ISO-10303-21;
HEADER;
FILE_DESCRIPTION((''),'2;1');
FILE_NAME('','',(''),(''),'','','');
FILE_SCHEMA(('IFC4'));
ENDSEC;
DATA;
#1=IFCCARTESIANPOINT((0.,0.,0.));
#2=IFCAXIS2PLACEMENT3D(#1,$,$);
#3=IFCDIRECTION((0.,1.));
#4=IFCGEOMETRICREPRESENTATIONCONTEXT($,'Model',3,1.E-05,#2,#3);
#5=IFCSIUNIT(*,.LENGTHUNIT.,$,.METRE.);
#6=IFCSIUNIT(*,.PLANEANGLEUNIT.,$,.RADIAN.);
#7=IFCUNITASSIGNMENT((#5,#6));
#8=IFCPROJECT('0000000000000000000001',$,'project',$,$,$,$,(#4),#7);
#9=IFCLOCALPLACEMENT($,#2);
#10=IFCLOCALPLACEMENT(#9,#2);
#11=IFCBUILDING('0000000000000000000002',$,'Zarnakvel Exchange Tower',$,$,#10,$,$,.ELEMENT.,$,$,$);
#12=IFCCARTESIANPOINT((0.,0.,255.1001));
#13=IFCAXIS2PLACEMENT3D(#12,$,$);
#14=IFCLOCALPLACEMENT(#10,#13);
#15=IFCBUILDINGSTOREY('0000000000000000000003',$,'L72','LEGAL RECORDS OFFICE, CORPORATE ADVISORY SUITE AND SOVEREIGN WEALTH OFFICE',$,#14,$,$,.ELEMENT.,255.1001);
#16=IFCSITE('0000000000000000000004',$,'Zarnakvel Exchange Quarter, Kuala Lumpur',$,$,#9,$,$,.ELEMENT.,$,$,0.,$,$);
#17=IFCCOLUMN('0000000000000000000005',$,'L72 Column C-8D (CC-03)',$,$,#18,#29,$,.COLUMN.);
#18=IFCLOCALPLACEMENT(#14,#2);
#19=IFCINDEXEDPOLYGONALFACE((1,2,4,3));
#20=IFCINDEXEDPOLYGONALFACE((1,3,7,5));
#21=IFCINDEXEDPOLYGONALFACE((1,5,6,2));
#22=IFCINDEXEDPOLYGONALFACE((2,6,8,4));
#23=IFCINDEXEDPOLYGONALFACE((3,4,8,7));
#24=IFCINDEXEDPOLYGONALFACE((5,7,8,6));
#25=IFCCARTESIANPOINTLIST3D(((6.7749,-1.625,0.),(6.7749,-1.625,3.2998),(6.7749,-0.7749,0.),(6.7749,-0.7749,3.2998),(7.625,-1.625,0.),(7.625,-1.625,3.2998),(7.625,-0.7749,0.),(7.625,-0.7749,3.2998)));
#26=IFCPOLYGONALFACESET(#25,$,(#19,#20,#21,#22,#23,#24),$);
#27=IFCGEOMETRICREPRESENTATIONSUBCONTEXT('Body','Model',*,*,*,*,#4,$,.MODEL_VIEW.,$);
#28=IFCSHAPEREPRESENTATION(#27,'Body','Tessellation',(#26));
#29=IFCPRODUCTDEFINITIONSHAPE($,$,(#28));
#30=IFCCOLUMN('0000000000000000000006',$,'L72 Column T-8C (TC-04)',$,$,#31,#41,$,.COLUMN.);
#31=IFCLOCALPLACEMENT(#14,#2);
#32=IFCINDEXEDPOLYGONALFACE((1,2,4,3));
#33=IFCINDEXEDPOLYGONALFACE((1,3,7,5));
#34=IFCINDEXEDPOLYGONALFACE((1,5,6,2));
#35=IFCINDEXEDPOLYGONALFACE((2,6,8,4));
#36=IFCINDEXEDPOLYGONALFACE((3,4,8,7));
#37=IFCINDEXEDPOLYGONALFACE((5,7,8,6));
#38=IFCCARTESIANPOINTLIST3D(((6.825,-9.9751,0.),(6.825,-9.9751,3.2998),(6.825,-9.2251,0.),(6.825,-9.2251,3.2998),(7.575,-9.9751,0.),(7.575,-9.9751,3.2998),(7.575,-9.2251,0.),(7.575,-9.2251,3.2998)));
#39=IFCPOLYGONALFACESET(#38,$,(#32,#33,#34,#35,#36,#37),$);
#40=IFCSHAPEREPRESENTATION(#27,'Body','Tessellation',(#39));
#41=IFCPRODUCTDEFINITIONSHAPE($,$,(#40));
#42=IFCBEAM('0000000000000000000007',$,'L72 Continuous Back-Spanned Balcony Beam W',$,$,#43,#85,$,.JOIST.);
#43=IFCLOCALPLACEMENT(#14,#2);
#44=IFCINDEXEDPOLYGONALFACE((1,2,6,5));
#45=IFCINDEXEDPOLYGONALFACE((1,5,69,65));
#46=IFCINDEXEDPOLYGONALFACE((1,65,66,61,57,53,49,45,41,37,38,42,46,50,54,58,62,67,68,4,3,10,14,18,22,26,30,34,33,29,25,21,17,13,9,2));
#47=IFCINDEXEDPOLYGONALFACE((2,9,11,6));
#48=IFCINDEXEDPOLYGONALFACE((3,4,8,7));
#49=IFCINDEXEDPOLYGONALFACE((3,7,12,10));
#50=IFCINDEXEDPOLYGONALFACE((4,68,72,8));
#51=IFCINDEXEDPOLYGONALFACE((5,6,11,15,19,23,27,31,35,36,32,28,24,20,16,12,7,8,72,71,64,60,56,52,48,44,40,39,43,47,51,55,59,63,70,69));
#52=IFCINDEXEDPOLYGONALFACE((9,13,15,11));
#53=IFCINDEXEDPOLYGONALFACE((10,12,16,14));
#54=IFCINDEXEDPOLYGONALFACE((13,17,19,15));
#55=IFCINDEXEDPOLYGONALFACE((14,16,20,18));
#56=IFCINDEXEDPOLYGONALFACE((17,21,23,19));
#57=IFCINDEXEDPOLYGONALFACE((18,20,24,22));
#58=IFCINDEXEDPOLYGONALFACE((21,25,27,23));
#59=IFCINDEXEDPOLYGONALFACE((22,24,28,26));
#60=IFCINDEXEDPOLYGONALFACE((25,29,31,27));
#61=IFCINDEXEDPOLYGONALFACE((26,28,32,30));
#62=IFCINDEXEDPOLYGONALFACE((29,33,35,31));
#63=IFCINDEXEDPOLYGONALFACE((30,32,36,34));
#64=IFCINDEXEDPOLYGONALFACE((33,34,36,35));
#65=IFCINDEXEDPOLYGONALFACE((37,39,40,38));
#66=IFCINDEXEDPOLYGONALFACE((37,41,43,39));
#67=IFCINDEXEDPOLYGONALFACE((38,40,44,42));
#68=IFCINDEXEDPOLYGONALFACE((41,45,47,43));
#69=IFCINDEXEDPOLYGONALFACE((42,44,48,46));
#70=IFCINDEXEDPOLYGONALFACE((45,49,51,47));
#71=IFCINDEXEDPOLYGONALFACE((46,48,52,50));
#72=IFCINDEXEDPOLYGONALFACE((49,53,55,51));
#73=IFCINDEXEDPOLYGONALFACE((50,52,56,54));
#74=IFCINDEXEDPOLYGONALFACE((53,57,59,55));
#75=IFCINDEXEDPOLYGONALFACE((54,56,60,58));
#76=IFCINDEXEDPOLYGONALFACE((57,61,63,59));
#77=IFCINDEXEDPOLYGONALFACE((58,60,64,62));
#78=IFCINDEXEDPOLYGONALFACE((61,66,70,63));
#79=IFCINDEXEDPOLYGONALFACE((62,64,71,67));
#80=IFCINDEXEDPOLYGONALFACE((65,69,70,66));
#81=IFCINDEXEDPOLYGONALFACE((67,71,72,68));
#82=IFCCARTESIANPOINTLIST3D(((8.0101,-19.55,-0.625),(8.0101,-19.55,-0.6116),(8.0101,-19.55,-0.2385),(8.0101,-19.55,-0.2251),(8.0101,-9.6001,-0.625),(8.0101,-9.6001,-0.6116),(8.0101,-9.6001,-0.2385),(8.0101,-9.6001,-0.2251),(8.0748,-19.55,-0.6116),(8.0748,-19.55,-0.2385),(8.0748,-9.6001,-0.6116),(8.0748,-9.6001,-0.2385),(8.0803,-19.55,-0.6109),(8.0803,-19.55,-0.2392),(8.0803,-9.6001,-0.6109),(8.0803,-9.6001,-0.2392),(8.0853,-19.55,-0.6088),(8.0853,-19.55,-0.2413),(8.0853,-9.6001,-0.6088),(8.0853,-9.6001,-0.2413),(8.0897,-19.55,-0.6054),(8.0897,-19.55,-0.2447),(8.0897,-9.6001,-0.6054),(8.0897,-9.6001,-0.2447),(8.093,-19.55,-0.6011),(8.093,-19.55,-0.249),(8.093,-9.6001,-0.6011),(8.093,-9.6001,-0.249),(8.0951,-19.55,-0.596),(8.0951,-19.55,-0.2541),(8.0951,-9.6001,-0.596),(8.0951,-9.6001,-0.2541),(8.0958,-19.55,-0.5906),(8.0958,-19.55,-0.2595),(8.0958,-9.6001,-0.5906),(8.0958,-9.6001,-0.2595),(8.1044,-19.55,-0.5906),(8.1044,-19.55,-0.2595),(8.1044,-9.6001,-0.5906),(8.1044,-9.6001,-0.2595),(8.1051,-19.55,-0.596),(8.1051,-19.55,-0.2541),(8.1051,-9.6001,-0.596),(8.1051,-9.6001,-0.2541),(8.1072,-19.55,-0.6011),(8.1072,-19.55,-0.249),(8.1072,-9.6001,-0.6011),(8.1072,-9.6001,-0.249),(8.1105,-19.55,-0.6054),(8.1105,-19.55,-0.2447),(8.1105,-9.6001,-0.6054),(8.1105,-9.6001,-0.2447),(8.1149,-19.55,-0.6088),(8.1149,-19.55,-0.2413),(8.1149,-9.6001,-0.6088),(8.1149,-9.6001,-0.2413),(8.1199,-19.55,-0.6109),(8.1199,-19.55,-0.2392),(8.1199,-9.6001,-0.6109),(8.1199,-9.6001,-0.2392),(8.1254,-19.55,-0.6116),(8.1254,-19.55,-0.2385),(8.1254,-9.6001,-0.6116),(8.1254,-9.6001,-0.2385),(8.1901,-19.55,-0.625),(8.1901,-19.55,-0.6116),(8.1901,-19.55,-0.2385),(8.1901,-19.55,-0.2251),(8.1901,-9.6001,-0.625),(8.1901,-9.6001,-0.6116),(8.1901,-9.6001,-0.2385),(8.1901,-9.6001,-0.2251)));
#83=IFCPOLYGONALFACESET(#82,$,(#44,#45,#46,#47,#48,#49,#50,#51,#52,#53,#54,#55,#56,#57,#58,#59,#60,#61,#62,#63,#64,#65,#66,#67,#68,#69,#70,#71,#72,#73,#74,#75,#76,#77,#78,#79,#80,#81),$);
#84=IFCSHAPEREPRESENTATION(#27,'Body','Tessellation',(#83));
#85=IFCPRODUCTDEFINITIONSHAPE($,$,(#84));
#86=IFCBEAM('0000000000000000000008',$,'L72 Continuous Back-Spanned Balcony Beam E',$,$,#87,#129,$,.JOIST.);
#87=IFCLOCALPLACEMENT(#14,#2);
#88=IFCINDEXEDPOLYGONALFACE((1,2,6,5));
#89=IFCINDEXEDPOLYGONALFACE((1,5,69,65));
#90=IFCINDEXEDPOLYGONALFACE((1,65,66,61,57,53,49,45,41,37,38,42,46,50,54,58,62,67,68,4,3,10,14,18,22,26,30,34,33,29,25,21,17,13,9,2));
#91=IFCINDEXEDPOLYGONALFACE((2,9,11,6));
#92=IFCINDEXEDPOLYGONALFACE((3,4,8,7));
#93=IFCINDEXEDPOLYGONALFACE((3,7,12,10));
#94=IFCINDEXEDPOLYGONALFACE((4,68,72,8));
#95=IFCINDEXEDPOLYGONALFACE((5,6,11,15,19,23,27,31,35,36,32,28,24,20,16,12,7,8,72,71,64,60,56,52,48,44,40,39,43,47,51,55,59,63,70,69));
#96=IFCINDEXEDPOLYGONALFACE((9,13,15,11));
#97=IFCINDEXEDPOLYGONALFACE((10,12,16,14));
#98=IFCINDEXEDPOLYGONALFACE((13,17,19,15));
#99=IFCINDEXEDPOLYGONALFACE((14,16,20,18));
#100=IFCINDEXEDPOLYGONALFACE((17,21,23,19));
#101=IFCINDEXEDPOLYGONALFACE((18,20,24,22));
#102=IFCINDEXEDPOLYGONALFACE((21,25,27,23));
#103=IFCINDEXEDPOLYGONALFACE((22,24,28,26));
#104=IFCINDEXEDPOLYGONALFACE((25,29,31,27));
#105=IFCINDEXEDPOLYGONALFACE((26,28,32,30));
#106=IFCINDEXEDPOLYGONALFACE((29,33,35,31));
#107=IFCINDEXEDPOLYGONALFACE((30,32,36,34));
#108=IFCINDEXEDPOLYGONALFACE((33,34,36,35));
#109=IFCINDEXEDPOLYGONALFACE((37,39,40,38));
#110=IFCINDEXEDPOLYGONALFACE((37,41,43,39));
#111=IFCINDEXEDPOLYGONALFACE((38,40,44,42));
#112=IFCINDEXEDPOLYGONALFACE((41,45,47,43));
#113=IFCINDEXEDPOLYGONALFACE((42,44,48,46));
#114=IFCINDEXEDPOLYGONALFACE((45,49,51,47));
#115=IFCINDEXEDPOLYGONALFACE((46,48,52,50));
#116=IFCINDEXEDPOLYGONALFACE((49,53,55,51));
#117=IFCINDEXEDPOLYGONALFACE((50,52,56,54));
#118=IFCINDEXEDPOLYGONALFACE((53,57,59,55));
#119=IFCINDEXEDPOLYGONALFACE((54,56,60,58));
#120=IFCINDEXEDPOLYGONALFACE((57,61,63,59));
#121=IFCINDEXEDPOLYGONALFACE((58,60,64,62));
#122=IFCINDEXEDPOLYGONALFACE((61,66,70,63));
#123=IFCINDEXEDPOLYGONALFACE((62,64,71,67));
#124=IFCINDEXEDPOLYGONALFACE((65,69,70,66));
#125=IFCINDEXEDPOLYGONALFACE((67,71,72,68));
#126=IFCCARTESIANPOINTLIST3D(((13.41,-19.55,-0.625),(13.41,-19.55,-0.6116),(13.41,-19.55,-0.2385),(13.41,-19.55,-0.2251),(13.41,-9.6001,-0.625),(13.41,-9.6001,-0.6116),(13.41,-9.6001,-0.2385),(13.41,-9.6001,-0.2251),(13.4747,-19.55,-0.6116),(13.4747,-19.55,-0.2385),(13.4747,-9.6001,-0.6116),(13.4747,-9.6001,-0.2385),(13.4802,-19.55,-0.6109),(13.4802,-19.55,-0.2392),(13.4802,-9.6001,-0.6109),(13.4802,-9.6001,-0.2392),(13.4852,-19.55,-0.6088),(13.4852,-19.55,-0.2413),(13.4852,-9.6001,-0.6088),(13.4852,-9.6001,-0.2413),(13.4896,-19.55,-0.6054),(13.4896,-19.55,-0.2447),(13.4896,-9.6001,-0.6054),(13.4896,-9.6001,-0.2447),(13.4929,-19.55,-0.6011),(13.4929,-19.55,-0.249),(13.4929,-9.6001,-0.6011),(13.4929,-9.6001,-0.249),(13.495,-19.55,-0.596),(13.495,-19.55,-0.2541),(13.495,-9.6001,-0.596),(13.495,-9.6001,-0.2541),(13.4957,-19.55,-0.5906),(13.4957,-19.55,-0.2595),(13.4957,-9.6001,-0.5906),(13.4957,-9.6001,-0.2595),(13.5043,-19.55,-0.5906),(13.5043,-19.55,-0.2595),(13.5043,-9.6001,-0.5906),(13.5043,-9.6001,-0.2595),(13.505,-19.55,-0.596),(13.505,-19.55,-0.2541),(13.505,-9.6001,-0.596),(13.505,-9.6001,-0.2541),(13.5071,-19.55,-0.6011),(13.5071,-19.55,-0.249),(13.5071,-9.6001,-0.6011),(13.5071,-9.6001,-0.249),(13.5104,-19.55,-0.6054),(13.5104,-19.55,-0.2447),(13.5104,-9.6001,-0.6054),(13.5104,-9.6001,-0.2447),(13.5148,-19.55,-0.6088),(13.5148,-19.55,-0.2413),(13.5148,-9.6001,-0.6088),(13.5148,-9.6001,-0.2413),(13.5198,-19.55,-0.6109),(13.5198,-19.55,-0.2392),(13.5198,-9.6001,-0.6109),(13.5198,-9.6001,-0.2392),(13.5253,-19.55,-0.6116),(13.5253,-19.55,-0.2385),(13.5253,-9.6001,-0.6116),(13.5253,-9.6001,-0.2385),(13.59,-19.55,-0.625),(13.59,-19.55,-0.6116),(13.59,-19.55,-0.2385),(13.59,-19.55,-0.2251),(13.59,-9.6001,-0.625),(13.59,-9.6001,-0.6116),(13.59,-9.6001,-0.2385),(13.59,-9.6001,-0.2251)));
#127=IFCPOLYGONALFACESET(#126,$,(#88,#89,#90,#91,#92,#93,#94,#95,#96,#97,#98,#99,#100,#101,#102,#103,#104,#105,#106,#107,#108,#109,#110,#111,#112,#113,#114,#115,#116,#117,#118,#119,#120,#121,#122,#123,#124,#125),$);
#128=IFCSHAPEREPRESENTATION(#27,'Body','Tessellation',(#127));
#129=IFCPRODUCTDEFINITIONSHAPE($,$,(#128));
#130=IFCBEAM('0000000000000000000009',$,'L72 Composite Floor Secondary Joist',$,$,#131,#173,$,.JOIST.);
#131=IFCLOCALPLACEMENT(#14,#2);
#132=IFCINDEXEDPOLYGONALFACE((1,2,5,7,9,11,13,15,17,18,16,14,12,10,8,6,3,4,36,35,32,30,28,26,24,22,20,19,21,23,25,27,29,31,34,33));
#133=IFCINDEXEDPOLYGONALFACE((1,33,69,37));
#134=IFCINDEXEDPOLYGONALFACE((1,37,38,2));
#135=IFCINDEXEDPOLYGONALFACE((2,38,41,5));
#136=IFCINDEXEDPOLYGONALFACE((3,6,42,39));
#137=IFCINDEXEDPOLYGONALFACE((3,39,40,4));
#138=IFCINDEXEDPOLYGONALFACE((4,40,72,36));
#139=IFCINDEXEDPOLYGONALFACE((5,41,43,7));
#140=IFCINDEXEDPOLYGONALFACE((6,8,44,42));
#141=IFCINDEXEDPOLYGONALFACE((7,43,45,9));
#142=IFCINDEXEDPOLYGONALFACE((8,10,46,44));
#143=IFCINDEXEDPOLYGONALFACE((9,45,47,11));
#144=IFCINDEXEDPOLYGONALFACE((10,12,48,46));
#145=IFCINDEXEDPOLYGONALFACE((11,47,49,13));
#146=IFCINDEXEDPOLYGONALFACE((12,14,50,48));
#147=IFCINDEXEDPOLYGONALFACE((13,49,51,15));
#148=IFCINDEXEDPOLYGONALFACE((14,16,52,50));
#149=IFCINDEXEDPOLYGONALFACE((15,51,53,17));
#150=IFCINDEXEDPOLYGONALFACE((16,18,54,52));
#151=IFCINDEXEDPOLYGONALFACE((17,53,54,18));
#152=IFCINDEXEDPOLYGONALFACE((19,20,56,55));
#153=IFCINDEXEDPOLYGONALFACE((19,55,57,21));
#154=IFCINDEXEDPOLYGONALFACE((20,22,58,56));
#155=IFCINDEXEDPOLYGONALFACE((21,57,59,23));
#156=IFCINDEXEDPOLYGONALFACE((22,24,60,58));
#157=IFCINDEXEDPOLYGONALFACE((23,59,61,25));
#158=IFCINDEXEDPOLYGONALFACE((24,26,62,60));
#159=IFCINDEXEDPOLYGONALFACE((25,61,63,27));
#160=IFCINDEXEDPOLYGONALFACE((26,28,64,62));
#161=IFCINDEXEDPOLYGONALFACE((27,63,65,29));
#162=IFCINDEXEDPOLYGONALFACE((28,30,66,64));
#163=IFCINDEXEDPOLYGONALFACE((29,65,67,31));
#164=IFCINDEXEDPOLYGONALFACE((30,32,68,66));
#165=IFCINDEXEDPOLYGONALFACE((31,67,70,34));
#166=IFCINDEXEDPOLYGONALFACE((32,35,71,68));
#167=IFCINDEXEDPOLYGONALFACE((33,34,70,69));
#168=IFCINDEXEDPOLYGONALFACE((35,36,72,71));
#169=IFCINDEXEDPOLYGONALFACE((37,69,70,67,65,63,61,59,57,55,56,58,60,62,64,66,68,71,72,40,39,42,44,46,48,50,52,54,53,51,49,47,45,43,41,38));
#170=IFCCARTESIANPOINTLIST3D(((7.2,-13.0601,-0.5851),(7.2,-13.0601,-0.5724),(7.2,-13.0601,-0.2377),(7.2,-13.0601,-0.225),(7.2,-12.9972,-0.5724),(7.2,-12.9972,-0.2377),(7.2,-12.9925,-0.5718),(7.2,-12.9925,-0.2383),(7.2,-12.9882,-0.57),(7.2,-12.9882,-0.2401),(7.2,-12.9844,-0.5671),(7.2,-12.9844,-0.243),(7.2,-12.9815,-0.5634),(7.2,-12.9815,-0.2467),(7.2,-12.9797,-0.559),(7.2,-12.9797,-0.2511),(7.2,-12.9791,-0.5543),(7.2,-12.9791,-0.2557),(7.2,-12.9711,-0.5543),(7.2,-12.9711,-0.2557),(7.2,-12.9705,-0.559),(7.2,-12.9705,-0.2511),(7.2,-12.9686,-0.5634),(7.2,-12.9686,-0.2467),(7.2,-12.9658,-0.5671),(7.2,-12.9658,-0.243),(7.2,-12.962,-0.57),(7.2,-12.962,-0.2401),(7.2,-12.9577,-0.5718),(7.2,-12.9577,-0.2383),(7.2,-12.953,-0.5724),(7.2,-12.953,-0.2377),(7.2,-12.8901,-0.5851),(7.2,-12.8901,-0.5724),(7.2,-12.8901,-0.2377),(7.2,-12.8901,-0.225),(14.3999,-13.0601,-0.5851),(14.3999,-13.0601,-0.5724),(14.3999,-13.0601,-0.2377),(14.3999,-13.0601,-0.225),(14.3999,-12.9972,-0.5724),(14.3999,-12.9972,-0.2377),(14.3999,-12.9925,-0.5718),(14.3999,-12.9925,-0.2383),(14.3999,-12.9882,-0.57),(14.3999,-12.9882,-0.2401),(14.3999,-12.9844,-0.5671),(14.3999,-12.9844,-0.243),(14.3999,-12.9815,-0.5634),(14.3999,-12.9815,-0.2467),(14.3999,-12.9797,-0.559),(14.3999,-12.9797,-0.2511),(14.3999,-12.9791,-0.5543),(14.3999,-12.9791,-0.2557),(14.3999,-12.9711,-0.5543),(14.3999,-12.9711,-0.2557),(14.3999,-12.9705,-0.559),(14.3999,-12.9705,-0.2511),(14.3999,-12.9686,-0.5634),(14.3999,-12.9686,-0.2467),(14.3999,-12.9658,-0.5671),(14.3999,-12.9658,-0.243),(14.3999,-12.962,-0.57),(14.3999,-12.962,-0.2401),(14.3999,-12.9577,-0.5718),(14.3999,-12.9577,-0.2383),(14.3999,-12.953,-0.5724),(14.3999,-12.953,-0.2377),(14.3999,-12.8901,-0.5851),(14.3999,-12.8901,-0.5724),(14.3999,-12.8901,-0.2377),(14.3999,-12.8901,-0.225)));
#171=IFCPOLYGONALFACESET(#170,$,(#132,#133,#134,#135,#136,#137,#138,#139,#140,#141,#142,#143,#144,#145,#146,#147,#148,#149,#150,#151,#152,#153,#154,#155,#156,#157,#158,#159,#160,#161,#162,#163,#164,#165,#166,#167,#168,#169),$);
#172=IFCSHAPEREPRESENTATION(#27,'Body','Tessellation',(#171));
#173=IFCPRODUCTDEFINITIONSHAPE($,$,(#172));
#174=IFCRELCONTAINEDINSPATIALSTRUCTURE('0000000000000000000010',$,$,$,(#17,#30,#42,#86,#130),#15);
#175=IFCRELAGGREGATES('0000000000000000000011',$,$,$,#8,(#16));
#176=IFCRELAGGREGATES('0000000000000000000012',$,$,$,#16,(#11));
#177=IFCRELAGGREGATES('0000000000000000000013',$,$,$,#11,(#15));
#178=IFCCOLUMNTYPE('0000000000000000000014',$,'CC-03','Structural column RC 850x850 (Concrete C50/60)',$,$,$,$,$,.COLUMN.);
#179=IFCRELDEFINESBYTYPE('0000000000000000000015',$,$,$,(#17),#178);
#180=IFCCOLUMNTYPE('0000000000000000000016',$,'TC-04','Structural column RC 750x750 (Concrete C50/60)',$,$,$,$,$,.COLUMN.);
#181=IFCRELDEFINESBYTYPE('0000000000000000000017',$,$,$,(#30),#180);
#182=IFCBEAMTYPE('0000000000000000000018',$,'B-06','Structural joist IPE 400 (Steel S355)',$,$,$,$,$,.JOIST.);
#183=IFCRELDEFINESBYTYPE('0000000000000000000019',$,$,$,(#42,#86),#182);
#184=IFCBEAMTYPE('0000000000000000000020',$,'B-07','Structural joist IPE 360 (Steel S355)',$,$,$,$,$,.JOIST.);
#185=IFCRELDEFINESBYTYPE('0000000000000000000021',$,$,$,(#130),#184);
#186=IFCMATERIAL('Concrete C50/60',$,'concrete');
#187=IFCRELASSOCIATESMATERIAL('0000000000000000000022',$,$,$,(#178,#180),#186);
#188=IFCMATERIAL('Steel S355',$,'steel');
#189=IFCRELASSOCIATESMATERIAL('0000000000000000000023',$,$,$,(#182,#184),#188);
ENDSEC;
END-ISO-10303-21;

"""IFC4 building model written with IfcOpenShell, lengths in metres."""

from ifc_helpers import new_model, si_unit, direction, frame, origin, origin_2d, place, context, subcontext, project, spatial, rectangle, i_section, extrude, material, material_profile, profile_set, type_object, element, save


model = new_model("IFC4")

# Units and contexts
model_context = context("Model", 3, precision=1e-05, world=origin(), true_north=direction((0.0, 1.0)))
body_context = subcontext(model_context, "Body", "Model", "MODEL_VIEW")
ifc_project = project(units=[si_unit("LENGTHUNIT", "METRE"), si_unit("PLANEANGLEUNIT", "RADIAN")], contexts=[model_context])

# Site, building, storey
site_placement = place(None, origin())
site = spatial("IfcSite", under=ifc_project, at=site_placement, Name="Zarnakvel Exchange Quarter, Kuala Lumpur", CompositionType="ELEMENT", RefElevation=0.0)
building_placement = place(site_placement, origin())
building = spatial("IfcBuilding", under=site, at=building_placement, Name="Zarnakvel Exchange Tower", CompositionType="ELEMENT")
storey_placement = place(building_placement, frame((0.0, 0.0, 255.1001)))
storey = spatial("IfcBuildingStorey", under=building, at=storey_placement, Name="L72", Description="LEGAL RECORDS OFFICE, CORPORATE ADVISORY SUITE AND SOVEREIGN WEALTH OFFICE", CompositionType="ELEMENT", Elevation=255.1001)

# Columns
ifc_material_1 = material(Name="Concrete C50/60", Category="concrete")
ifc_material_profile_1 = material_profile(ifc_material_1, rectangle(XDim=0.8501, YDim=0.8501, at=origin_2d()))
ifc_profile_set_1 = profile_set([ifc_material_profile_1], Name="Concrete C50/60")
column_type_1 = type_object("IfcColumnType", Name="CC-03", Description="Structural column RC 850x850 (Concrete C50/60)", PredefinedType="COLUMN", material=ifc_profile_set_1)
column_1_placement = place(storey_placement, frame((7.2, -1.2, 0.0), z_axis=(0.0, 0.0, 1.0), x_axis=(1.0, 0.0, 0.0)))
element("IfcColumn", 1, at=column_1_placement, inside=storey, type_object=column_type_1, Name="L72 Column C-8D (CC-03)", PredefinedType="COLUMN", context=body_context, shape_type="SweptSolid", body=[
    extrude(rectangle(XDim=0.8501, YDim=0.8501, at=origin_2d()), origin(), (0.0, 0.0, 1.0), 3.2998),
])
ifc_material_profile_2 = material_profile(ifc_material_1, rectangle(XDim=0.75, YDim=0.75, at=origin_2d()))
ifc_profile_set_2 = profile_set([ifc_material_profile_2], Name="Concrete C50/60")
column_type_2 = type_object("IfcColumnType", Name="TC-04", Description="Structural column RC 750x750 (Concrete C50/60)", PredefinedType="COLUMN", material=ifc_profile_set_2)
column_2_placement = place(storey_placement, frame((7.2, -9.6001, 0.0), z_axis=(0.0, 0.0, 1.0), x_axis=(1.0, 0.0, 0.0)))
element("IfcColumn", 2, at=column_2_placement, inside=storey, type_object=column_type_2, Name="L72 Column T-8C (TC-04)", PredefinedType="COLUMN", context=body_context, shape_type="SweptSolid", body=[
    extrude(rectangle(XDim=0.75, YDim=0.75, at=origin_2d()), origin(), (0.0, 0.0, 1.0), 3.2998),
])

# Beams
ifc_material_2 = material(Name="Steel S355", Category="steel")
ifc_material_profile_3 = material_profile(ifc_material_2, i_section(OverallWidth=0.1799, OverallDepth=0.3999, WebThickness=0.0085, FlangeThickness=0.0134, FilletRadius=0.021, at=origin_2d()))
ifc_profile_set_3 = profile_set([ifc_material_profile_3], Name="Steel S355")
beam_type_1 = type_object("IfcBeamType", Name="B-06", Description="Structural joist IPE 400 (Steel S355)", PredefinedType="JOIST", material=ifc_profile_set_3)
for number, where, z_axis, x_axis, name in (
    (3, (8.1001, -9.6001, -0.425), (0.0, -1.0, 0.0), (1.0, 0.0, 0.0), "L72 Continuous Back-Spanned Balcony Beam W"),
    (4, (13.5, -9.6001, -0.425), (0.0, -1.0, 0.0), (1.0, 0.0, 0.0), "L72 Continuous Back-Spanned Balcony Beam E"),
):
    element("IfcBeam", number, at=place(storey_placement, frame(where, z_axis=z_axis, x_axis=x_axis)), inside=storey, type_object=beam_type_1, Name=name, PredefinedType="JOIST", context=body_context, shape_type="SweptSolid", body=[
        extrude(i_section(OverallWidth=0.1799, OverallDepth=0.3999, WebThickness=0.0085, FlangeThickness=0.0134, FilletRadius=0.021, at=origin_2d()), origin(), (0.0, 0.0, 1.0), 9.95),
    ])
ifc_material_profile_4 = material_profile(ifc_material_2, i_section(OverallWidth=0.1699, OverallDepth=0.3601, WebThickness=0.0081, FlangeThickness=0.0127, FilletRadius=0.0181, at=origin_2d()))
ifc_profile_set_4 = profile_set([ifc_material_profile_4], Name="Steel S355")
beam_type_2 = type_object("IfcBeamType", Name="B-07", Description="Structural joist IPE 360 (Steel S355)", PredefinedType="JOIST", material=ifc_profile_set_4)
beam_1_placement = place(storey_placement, frame((7.2, -12.9751, -0.405), z_axis=(1.0, 0.0, 0.0), x_axis=(0.0, 1.0, 0.0)))
element("IfcBeam", 5, at=beam_1_placement, inside=storey, type_object=beam_type_2, Name="L72 Composite Floor Secondary Joist", PredefinedType="JOIST", context=body_context, shape_type="SweptSolid", body=[
    extrude(i_section(OverallWidth=0.1699, OverallDepth=0.3601, WebThickness=0.0081, FlangeThickness=0.0127, FilletRadius=0.0181, at=origin_2d()), origin(), (0.0, 0.0, 1.0), 7.2),
])

save(model, "model.ifc")
